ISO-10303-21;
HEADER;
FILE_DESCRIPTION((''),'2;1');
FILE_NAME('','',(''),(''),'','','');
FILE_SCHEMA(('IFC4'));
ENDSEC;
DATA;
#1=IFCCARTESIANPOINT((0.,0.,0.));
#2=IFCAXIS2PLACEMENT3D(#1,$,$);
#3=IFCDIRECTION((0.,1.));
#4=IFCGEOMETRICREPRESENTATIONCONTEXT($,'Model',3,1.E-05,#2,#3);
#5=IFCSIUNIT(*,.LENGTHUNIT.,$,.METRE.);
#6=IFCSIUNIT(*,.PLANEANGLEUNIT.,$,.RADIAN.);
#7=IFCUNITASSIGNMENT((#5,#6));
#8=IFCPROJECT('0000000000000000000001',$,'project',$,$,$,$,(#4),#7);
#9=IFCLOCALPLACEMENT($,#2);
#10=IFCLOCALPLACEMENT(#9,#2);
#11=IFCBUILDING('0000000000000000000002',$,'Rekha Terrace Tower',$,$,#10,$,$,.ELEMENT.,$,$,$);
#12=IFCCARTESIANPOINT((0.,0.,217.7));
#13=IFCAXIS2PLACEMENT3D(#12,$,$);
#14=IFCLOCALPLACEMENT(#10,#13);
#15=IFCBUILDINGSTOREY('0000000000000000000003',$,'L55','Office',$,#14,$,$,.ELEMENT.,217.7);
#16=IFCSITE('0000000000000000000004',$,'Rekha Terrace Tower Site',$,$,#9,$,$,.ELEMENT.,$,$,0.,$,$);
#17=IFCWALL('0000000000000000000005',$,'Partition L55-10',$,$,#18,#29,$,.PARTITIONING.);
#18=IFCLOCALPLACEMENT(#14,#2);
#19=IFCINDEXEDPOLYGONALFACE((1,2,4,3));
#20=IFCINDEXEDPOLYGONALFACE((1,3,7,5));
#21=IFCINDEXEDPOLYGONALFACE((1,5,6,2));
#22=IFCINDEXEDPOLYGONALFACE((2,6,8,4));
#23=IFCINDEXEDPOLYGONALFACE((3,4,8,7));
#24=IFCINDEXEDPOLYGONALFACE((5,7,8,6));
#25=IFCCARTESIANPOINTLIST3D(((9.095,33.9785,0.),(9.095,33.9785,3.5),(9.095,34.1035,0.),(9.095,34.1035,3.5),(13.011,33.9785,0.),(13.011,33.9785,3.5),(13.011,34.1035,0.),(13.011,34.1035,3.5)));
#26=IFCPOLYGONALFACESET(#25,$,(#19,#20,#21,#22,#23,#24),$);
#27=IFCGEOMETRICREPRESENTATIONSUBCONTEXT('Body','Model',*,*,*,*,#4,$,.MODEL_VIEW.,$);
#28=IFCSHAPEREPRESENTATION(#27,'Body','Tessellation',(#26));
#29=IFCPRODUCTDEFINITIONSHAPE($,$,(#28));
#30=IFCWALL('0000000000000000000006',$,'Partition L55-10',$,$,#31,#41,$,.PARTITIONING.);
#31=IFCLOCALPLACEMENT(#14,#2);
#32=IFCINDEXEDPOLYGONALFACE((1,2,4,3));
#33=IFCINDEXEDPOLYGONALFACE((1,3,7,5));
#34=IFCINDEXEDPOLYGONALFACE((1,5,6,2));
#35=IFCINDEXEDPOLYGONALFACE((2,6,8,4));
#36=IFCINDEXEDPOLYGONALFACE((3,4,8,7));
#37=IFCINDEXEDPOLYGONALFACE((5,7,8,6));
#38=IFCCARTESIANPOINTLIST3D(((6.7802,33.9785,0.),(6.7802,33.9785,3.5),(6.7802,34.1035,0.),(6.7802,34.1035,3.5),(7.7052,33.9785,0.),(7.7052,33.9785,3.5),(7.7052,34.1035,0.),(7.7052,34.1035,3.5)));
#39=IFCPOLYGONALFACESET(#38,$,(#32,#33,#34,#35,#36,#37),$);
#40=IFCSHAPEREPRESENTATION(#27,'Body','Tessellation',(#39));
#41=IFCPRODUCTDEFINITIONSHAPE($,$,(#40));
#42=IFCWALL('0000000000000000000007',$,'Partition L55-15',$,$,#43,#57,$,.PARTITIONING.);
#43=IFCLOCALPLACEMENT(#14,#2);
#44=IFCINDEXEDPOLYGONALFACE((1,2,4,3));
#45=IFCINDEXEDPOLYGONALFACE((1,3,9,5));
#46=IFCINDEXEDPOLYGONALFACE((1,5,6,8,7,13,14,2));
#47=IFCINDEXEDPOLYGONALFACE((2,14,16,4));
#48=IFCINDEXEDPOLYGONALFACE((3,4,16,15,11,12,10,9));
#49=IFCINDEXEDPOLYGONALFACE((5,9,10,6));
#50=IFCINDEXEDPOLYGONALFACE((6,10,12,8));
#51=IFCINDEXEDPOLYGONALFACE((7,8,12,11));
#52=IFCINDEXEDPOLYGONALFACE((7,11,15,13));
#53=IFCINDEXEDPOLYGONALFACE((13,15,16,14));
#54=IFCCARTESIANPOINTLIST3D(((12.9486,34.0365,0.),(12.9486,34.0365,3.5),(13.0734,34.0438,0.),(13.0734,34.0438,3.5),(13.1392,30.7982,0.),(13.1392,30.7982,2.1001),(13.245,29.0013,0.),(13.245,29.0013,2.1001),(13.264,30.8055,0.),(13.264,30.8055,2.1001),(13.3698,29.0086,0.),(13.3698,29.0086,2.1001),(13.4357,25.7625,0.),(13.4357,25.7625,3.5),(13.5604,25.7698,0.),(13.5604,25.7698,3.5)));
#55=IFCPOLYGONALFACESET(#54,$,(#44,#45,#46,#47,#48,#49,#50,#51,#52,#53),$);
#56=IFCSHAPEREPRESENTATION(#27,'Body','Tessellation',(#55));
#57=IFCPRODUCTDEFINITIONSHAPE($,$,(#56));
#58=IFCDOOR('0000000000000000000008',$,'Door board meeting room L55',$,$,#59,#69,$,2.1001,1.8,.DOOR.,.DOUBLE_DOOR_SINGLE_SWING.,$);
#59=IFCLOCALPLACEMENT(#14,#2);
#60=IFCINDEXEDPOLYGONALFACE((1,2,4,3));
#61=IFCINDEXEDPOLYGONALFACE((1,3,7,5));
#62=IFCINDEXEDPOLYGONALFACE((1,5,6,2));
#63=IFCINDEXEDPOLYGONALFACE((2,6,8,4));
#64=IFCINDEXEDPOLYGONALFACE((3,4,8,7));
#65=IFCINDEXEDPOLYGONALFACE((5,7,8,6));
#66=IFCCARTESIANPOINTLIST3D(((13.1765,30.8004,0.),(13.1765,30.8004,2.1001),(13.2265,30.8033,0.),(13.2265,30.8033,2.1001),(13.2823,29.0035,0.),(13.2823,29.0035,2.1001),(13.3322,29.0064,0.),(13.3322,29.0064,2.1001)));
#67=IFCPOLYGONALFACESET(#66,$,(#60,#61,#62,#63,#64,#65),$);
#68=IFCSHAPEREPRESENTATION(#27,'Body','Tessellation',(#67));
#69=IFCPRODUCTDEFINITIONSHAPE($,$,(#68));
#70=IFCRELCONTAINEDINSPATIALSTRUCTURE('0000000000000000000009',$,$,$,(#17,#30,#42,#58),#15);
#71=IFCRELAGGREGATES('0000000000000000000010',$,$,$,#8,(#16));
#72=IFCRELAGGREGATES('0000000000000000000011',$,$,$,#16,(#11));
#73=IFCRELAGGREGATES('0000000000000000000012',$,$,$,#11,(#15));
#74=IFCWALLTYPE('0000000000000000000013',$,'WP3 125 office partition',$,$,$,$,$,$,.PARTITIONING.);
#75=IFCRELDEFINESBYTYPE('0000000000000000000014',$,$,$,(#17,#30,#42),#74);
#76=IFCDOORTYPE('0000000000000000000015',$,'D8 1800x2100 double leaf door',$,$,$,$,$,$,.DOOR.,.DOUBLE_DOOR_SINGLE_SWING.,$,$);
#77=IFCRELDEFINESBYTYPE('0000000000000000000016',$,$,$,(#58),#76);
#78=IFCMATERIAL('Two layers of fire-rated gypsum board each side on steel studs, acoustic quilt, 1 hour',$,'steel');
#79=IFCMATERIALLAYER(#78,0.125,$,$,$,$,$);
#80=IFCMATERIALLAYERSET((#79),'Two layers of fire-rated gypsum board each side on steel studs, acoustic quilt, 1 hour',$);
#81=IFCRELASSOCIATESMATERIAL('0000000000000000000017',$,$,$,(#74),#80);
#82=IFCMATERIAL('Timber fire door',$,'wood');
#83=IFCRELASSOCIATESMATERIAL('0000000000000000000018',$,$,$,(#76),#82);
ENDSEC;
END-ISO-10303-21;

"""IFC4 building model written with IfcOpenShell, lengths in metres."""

from ifc_helpers import new_model, si_unit, direction, frame, frame_2d, origin, place, context, subcontext, project, spatial, rectangle, extrude, material, layer, layer_set, type_object, element, fill, save


model = new_model("IFC4")

# Units and contexts
model_context = context("Model", 3, precision=1e-05, world=origin(), true_north=direction((0.0, 1.0)))
body_context = subcontext(model_context, "Body", "Model", "MODEL_VIEW")
ifc_project = project(units=[si_unit("LENGTHUNIT", "METRE"), si_unit("PLANEANGLEUNIT", "RADIAN")], contexts=[model_context])

# Site, building, storey
site_placement = place(None, origin())
site = spatial("IfcSite", under=ifc_project, at=site_placement, Name="Rekha Terrace Tower Site", CompositionType="ELEMENT", RefElevation=0.0)
building_placement = place(site_placement, origin())
building = spatial("IfcBuilding", under=site, at=building_placement, Name="Rekha Terrace Tower", CompositionType="ELEMENT")
storey_placement = place(building_placement, frame((0.0, 0.0, 217.7)))
storey = spatial("IfcBuildingStorey", under=building, at=storey_placement, Name="L55", Description="Office", CompositionType="ELEMENT", Elevation=217.7)

# Shared definitions
ifc_material_1 = material(Name="Two layers of fire-rated gypsum board each side on steel studs, acoustic quilt, 1 hour", Category="steel")
ifc_layer_1 = layer(ifc_material_1, 0.125)
ifc_layer_set_1 = layer_set([ifc_layer_1], Name="Two layers of fire-rated gypsum board each side on steel studs, acoustic quilt, 1 hour")
wall_type_1 = type_object("IfcWallType", Name="WP3 125 office partition", PredefinedType="PARTITIONING", material=ifc_layer_set_1)

# Shared definitions
ifc_material_2 = material(Name="Timber fire door", Category="wood")
door_type = type_object("IfcDoorType", Name="D8 1800x2100 double leaf door", OperationType="DOUBLE_DOOR_SINGLE_SWING", PredefinedType="DOOR", material=ifc_material_2)

# Walls
wall_1_placement = place(storey_placement, frame((13.011, 34.041, 0.0), z_axis=(0.0, 0.0, 1.0), x_axis=(-1.0, 0.0, 0.0)))
element("IfcWall", 1, at=wall_1_placement, inside=storey, type_object=wall_type_1, Name="Partition L55-10", PredefinedType="PARTITIONING", context=body_context, shape_type="SweptSolid", body=[
    extrude(rectangle(XDim=3.916, YDim=0.125, at=frame_2d((1.958, 0.0))), origin(), (0.0, 0.0, 1.0), 3.5),
])
wall_2_placement = place(storey_placement, frame((7.7051, 34.041, 0.0), z_axis=(0.0, 0.0, 1.0), x_axis=(-1.0, 0.0, 0.0)))
element("IfcWall", 2, at=wall_2_placement, inside=storey, type_object=wall_type_1, Name="Partition L55-10", PredefinedType="PARTITIONING", context=body_context, shape_type="SweptSolid", body=[
    extrude(rectangle(XDim=0.925, YDim=0.125, at=frame_2d((0.4624, 0.0))), origin(), (0.0, 0.0, 1.0), 3.5),
])

# Wall, opening, door
wall_3_placement = place(storey_placement, frame((13.011, 34.04, 0.0), z_axis=(0.0, 0.0, 1.0), x_axis=(0.058765, -0.998272, 0.0)))
wall_3 = element("IfcWall", 3, at=wall_3_placement, inside=storey, type_object=wall_type_1, Name="Partition L55-15", PredefinedType="PARTITIONING", context=body_context, shape_type="SweptSolid", body=[
    extrude(rectangle(XDim=8.2883, YDim=0.125, at=frame_2d((4.144, 0.0))), origin(), (0.0, 0.0, 1.0), 3.5),
])
opening_1_placement = place(wall_3_placement, frame((3.2439, 0.0, 0.0)))
opening_1 = element("IfcOpeningElement", 4, at=opening_1_placement, cuts=wall_3, PredefinedType="OPENING", context=body_context, shape_type="SweptSolid", body=[
    extrude(rectangle(XDim=1.8, YDim=2.1001, at=frame_2d((0.8999, 1.05))), frame((0.0, 0.0725, 0.0), z_axis=(0.0, -1.0, 0.0), x_axis=(1.0, 0.0, 0.0)), (0.0, 0.0, 1.0), 0.145),
])
door_1_placement = place(opening_1_placement, origin())
door_1 = element("IfcDoor", 5, at=door_1_placement, inside=storey, type_object=door_type, Name="Door board meeting room L55", OperationType="DOUBLE_DOOR_SINGLE_SWING", OverallHeight=2.1001, OverallWidth=1.8, PredefinedType="DOOR", context=body_context, shape_type="SweptSolid", body=[
    extrude(rectangle(XDim=1.8, YDim=2.1001, at=frame_2d((0.8999, 1.05))), frame((0.0, 0.0249, 0.0), z_axis=(0.0, -1.0, 0.0), x_axis=(1.0, 0.0, 0.0)), (0.0, 0.0, 1.0), 0.05),
])
fill(opening_1, door_1)

save(model, "model.ifc")
